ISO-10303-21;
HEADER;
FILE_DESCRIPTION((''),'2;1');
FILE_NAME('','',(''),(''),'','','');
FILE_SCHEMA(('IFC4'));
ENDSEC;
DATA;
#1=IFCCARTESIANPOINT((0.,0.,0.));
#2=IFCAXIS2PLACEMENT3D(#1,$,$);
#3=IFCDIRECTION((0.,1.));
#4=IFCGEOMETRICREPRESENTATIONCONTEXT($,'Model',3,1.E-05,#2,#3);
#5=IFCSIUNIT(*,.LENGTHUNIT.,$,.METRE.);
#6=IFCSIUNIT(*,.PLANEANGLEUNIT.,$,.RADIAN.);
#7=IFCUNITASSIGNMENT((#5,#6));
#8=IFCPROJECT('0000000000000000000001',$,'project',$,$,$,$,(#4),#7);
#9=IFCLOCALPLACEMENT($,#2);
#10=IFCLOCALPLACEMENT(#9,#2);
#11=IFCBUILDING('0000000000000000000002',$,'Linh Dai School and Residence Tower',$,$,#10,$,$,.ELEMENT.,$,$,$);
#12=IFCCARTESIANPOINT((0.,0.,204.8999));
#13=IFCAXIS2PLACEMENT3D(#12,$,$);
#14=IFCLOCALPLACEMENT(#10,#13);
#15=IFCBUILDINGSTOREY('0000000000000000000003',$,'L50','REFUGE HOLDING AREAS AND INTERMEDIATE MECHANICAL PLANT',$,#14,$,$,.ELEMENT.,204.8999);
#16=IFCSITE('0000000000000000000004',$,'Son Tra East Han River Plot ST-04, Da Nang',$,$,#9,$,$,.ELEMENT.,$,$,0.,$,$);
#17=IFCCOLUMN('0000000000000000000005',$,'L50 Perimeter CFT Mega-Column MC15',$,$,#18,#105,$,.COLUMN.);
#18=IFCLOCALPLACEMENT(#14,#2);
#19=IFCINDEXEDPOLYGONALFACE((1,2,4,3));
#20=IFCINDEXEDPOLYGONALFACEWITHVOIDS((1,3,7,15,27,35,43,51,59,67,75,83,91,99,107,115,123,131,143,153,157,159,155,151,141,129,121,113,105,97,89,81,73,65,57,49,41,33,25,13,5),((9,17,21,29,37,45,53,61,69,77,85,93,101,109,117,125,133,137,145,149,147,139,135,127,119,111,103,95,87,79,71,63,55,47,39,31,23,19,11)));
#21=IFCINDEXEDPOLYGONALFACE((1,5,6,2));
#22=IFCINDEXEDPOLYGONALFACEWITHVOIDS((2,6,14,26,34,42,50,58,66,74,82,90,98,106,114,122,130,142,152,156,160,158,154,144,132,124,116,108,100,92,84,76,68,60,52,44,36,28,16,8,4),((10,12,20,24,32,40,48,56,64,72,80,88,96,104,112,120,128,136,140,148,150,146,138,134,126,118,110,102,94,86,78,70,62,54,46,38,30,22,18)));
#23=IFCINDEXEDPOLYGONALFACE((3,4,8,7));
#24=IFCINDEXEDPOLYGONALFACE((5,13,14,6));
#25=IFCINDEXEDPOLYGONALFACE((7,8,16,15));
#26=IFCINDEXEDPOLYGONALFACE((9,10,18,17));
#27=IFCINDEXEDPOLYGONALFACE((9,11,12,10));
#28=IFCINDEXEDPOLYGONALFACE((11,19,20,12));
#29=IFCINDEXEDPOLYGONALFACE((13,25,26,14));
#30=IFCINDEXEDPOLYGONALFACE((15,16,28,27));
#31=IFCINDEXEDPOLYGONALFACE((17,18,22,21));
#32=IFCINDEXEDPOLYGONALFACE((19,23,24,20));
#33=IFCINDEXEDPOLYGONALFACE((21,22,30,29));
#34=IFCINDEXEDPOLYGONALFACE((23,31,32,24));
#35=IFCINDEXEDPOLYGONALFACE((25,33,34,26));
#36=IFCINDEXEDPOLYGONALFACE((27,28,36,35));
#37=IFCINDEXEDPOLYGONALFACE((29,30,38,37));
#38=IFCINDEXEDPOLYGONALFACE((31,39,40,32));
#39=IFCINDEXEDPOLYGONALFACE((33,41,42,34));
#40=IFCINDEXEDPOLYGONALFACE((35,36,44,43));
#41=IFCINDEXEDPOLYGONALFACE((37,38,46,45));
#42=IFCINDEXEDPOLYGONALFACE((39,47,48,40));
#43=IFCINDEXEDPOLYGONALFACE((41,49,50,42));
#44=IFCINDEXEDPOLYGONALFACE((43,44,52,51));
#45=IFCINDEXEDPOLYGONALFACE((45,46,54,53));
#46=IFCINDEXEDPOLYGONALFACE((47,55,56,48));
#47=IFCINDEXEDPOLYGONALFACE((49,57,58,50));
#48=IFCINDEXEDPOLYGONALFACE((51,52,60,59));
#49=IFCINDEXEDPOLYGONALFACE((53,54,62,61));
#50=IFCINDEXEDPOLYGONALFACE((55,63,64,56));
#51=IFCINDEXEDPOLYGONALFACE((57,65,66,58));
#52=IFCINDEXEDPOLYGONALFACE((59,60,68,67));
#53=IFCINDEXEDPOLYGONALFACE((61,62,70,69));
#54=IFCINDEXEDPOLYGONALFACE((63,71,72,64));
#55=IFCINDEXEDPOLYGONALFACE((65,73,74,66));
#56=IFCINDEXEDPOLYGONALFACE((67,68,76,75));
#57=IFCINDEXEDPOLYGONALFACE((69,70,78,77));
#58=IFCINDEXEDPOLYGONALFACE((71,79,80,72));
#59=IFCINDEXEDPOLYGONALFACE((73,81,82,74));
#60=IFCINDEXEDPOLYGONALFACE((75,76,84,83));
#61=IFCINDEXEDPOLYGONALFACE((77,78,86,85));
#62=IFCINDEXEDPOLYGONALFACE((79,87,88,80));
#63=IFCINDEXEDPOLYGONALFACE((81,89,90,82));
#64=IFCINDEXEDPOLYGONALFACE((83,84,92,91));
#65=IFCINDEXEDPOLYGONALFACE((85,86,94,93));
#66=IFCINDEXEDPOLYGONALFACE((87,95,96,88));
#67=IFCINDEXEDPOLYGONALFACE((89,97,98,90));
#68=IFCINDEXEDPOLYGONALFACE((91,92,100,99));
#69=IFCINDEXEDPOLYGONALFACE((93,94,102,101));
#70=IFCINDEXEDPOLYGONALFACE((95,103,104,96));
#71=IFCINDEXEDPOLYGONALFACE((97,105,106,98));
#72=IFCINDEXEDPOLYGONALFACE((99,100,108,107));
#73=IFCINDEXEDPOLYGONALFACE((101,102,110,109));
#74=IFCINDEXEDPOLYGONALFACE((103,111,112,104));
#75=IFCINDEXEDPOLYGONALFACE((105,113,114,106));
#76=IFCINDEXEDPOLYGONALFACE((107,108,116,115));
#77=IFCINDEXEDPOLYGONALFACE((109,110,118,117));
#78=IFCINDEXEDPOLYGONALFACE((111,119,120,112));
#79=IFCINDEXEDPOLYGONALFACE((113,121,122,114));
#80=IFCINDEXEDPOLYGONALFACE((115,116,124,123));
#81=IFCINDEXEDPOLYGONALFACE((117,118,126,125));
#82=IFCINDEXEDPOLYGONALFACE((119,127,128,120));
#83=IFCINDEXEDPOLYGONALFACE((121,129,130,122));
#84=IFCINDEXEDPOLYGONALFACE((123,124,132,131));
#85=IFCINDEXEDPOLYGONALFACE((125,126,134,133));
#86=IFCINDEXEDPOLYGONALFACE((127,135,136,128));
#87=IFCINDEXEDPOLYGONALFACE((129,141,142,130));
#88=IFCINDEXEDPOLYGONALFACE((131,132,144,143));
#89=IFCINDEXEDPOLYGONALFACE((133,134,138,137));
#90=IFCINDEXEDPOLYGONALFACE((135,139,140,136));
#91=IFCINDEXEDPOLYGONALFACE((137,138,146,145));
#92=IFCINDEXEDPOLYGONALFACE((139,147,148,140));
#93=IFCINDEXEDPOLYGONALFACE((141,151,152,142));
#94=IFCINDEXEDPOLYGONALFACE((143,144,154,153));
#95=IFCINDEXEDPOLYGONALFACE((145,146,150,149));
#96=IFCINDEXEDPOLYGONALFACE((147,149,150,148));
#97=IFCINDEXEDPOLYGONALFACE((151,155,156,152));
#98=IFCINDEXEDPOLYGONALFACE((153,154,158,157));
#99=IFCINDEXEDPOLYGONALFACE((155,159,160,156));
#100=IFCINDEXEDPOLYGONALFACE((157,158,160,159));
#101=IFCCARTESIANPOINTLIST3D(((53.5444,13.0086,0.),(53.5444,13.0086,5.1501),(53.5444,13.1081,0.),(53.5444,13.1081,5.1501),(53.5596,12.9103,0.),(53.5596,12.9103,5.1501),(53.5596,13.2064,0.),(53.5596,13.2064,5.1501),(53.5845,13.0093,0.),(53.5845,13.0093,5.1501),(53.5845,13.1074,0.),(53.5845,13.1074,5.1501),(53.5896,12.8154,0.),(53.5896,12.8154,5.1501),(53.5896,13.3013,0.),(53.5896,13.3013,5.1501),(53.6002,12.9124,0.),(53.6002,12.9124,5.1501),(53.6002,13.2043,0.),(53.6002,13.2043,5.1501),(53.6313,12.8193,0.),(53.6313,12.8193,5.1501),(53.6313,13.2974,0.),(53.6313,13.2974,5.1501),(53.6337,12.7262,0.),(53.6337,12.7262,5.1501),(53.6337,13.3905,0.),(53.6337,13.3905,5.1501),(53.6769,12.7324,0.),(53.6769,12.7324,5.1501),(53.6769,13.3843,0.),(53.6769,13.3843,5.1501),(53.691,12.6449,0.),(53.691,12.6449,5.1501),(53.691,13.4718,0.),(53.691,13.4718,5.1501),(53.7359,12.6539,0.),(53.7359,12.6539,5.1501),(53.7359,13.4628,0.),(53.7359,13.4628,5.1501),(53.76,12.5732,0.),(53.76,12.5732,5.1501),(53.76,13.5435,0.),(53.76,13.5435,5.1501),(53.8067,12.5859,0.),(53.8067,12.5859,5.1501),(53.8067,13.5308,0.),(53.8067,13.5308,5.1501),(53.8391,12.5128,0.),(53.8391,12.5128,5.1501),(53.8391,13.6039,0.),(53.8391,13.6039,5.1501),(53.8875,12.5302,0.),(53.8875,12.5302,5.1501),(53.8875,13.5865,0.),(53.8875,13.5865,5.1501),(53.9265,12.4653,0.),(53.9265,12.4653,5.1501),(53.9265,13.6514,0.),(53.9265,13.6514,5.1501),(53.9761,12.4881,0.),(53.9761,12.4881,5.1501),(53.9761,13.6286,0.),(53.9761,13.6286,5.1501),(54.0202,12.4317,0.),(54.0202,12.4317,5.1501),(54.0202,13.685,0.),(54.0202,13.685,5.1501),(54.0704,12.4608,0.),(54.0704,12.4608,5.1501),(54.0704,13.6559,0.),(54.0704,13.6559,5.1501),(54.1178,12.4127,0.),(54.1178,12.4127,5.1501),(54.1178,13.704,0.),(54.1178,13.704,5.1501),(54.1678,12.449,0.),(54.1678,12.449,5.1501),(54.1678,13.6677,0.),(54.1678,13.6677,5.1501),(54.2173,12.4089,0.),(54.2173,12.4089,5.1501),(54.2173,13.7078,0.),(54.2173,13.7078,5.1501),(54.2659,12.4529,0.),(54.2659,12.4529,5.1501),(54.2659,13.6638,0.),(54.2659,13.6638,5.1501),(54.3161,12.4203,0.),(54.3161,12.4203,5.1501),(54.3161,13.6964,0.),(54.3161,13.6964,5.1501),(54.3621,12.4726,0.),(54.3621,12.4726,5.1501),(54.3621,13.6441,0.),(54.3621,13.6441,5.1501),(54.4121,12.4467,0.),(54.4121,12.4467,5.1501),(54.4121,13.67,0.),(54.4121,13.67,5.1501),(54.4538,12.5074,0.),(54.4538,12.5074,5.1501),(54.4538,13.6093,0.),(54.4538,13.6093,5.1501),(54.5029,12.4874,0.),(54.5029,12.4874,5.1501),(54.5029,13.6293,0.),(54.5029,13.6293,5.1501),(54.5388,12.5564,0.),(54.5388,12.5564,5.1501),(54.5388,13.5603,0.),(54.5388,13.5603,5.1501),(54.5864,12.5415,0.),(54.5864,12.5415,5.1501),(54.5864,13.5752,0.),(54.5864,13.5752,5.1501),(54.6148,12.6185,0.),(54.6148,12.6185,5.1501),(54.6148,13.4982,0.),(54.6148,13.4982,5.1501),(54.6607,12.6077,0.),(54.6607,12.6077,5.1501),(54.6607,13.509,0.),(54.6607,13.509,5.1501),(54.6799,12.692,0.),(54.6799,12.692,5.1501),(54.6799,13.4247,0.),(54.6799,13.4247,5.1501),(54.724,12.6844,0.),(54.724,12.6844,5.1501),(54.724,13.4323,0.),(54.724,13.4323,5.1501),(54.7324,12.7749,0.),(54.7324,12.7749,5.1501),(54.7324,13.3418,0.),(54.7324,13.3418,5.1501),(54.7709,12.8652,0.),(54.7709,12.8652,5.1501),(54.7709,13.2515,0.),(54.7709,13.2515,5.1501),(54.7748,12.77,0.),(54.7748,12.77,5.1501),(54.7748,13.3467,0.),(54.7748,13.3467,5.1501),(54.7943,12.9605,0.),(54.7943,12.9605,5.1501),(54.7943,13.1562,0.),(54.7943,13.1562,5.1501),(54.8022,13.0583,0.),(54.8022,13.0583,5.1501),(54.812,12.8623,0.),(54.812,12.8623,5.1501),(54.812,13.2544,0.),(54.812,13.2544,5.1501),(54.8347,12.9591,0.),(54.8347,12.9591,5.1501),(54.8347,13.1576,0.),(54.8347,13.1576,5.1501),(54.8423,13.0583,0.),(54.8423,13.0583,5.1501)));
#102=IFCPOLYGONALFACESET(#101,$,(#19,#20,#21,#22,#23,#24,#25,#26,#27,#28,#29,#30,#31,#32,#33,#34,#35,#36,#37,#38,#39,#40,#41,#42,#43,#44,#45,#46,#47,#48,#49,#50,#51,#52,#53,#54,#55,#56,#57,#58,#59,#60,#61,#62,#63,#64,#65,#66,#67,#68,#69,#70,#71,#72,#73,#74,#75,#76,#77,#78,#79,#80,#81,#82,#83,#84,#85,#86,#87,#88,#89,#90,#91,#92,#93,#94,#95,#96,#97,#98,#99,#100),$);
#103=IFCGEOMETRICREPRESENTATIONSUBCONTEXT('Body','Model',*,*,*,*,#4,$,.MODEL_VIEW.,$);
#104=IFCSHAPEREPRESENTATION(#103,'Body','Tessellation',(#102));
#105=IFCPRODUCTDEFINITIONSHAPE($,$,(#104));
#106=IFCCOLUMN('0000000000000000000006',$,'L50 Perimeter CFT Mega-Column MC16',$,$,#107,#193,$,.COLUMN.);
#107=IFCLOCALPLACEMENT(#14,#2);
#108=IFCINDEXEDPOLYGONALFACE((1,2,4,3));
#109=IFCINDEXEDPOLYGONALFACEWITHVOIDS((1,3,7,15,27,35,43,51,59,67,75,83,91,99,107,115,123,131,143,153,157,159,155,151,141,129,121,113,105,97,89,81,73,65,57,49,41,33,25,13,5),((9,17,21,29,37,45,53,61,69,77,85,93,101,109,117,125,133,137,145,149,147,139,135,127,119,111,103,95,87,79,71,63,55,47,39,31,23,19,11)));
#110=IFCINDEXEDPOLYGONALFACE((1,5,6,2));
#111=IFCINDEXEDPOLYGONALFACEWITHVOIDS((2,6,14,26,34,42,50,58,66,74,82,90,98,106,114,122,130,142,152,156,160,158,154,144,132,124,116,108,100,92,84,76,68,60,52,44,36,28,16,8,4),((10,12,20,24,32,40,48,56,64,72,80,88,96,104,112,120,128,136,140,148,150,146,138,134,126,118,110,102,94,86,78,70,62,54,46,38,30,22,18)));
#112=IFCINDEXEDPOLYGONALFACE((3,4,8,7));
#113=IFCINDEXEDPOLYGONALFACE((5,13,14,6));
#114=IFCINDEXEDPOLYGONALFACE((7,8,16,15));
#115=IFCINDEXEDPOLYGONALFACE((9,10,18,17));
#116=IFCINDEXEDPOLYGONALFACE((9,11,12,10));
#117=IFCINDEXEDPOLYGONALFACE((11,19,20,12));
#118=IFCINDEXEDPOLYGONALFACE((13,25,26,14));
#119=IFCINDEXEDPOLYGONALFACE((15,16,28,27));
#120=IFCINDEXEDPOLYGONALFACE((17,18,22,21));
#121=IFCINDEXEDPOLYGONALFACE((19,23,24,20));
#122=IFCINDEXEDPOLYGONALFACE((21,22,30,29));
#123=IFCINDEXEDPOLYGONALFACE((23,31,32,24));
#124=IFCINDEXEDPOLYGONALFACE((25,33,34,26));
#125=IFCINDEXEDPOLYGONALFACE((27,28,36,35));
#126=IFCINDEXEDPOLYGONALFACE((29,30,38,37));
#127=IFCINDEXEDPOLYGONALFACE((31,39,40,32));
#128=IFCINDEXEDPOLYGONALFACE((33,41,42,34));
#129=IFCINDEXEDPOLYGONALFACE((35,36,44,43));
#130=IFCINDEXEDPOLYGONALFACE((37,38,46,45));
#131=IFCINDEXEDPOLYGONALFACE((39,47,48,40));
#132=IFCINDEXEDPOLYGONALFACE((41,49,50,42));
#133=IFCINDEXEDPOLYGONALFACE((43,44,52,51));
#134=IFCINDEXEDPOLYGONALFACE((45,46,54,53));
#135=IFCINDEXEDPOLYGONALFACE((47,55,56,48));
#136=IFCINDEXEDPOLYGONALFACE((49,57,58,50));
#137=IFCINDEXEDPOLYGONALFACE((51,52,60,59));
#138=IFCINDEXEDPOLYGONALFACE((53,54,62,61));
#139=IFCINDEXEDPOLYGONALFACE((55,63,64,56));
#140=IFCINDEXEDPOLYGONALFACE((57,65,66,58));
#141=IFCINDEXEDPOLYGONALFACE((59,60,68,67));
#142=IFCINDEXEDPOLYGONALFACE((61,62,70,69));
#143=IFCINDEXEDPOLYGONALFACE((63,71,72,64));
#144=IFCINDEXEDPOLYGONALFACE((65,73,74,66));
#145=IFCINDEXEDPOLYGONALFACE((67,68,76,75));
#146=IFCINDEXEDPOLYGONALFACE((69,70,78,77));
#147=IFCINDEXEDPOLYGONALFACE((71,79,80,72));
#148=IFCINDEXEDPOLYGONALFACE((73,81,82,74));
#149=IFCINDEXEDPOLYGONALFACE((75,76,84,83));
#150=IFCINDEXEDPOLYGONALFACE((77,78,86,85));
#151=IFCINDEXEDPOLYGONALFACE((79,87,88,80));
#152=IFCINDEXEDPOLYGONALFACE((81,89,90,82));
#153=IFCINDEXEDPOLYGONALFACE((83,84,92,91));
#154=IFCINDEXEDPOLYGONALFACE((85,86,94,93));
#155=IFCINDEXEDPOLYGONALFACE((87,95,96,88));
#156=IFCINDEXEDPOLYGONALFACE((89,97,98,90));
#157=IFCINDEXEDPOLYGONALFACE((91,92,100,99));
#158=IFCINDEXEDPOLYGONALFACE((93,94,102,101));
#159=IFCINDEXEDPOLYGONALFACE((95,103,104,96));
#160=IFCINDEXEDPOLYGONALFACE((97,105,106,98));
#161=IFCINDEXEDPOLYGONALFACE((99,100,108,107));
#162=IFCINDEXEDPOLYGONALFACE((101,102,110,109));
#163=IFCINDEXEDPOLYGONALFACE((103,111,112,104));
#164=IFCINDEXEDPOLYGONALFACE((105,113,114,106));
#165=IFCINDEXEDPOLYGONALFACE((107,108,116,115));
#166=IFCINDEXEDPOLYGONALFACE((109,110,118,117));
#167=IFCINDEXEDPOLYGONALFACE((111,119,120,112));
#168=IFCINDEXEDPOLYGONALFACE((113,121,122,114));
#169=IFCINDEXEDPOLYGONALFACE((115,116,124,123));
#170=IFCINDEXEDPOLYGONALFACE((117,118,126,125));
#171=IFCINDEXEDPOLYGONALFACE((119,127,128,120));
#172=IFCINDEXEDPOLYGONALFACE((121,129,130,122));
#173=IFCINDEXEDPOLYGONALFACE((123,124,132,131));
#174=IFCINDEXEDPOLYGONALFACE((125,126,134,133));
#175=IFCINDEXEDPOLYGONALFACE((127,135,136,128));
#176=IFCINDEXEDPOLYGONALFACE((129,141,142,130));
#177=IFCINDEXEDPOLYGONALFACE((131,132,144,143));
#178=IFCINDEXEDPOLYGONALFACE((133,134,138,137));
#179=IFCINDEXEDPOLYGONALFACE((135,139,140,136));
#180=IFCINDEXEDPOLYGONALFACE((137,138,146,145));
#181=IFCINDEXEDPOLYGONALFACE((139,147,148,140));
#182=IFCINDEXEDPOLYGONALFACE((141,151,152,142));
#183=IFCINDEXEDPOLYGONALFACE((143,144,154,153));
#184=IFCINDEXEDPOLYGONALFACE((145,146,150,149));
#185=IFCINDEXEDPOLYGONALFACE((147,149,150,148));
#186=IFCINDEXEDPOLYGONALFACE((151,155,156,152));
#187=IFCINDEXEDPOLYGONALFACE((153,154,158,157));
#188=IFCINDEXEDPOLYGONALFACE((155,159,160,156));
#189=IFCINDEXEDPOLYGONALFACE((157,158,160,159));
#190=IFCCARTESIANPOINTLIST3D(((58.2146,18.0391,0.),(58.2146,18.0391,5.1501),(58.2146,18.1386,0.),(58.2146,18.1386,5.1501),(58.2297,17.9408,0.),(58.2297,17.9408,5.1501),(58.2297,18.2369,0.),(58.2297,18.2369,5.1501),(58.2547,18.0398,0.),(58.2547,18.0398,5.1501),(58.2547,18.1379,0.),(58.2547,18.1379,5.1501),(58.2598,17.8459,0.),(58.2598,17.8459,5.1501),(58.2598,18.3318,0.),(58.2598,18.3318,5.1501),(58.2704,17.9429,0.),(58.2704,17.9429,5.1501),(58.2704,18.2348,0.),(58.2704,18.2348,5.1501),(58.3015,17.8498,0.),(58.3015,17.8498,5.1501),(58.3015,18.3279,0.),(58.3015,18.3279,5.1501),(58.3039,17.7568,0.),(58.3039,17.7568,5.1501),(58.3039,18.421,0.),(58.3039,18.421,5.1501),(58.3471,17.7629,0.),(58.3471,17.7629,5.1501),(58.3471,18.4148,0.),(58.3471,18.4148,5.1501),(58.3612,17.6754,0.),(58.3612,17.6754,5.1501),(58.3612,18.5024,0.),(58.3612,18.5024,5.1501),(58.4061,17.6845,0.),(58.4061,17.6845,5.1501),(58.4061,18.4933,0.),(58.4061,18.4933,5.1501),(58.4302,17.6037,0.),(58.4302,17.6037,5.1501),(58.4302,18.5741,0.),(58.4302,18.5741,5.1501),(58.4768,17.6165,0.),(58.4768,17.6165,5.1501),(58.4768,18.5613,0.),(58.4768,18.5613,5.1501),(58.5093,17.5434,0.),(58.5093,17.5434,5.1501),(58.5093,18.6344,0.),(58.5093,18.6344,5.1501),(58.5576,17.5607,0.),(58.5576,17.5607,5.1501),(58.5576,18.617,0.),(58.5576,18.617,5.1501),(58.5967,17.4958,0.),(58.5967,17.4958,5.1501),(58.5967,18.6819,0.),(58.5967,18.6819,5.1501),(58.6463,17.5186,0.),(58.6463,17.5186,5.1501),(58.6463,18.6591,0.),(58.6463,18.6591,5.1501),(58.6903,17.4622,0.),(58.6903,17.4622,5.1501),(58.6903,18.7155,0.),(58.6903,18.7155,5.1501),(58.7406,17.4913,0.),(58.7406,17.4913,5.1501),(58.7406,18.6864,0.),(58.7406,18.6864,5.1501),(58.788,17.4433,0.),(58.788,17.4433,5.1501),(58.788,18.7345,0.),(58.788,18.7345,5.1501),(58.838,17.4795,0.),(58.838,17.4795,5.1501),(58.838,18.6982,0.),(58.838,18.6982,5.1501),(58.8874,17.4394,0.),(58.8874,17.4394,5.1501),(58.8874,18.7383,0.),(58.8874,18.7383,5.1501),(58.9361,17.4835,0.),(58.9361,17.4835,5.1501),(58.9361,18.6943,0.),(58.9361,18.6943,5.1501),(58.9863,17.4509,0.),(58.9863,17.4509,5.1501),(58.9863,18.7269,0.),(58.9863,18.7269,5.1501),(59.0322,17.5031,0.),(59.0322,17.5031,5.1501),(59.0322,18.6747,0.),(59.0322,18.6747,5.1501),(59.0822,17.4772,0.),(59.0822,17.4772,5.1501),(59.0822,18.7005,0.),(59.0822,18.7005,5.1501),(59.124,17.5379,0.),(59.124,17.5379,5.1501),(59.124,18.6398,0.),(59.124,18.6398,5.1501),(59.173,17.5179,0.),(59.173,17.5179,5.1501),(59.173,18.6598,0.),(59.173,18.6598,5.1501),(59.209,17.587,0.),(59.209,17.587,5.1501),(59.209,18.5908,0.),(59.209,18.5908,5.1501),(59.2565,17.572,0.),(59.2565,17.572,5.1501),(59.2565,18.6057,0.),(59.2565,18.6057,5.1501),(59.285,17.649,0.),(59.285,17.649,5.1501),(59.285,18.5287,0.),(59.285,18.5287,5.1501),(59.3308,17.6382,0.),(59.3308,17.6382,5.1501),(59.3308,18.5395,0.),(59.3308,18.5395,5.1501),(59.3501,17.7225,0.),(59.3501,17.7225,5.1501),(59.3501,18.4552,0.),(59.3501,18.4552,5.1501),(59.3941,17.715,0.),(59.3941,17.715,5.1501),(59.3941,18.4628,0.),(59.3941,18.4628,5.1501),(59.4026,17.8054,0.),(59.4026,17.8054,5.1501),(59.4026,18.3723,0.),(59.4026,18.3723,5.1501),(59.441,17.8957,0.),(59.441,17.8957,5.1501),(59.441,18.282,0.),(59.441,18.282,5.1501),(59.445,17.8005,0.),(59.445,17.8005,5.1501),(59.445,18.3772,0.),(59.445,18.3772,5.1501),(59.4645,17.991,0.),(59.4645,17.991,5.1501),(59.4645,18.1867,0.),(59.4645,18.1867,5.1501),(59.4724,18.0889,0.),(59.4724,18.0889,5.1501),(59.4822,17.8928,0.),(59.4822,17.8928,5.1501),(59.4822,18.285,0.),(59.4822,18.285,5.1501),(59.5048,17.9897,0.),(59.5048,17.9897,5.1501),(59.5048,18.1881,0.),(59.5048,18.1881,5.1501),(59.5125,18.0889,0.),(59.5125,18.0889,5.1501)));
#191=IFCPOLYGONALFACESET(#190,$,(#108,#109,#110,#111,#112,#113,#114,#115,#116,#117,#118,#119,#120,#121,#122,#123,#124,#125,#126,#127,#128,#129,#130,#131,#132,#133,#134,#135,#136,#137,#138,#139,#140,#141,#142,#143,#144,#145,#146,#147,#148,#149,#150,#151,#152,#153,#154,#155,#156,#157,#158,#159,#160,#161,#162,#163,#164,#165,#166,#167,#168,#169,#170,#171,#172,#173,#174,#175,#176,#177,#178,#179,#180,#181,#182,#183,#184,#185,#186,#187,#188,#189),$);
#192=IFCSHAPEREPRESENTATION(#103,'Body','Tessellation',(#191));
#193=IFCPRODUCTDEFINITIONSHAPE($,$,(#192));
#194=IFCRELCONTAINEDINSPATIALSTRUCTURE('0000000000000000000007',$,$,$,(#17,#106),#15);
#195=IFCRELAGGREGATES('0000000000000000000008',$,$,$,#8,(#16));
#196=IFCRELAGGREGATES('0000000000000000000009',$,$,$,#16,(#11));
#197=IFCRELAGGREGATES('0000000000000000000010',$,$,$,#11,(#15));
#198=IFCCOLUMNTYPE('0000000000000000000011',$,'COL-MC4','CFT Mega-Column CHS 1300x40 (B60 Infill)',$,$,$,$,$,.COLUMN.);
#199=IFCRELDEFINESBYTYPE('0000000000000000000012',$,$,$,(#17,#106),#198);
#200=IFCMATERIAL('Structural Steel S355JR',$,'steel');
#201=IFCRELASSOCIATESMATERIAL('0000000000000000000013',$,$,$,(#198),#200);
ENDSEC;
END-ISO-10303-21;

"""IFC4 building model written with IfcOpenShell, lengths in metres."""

from ifc_helpers import new_model, si_unit, direction, frame, origin, origin_2d, place, context, subcontext, project, spatial, hollow_circle, extrude, material, material_profile, profile_set, type_object, element, save


model = new_model("IFC4")

# Units and contexts
model_context = context("Model", 3, precision=1e-05, world=origin(), true_north=direction((0.0, 1.0)))
body_context = subcontext(model_context, "Body", "Model", "MODEL_VIEW")
ifc_project = project(units=[si_unit("LENGTHUNIT", "METRE"), si_unit("PLANEANGLEUNIT", "RADIAN")], contexts=[model_context])

# Site, building, storey
site_placement = place(None, origin())
site = spatial("IfcSite", under=ifc_project, at=site_placement, Name="Son Tra East Han River Plot ST-04, Da Nang", CompositionType="ELEMENT", RefElevation=0.0)
building_placement = place(site_placement, origin())
building = spatial("IfcBuilding", under=site, at=building_placement, Name="Linh Dai School and Residence Tower", CompositionType="ELEMENT")
storey_placement = place(building_placement, frame((0.0, 0.0, 204.8999)))
storey = spatial("IfcBuildingStorey", under=building, at=storey_placement, Name="L50", Description="REFUGE HOLDING AREAS AND INTERMEDIATE MECHANICAL PLANT", CompositionType="ELEMENT", Elevation=204.8999)

# Columns
ifc_material_1 = material(Name="Structural Steel S355JR", Category="steel")
ifc_material_profile_1 = material_profile(ifc_material_1, hollow_circle(Radius=0.6499, WallThickness=0.04, at=origin_2d()), Name="CHS 1300x40")
ifc_profile_set_1 = profile_set([ifc_material_profile_1], Name="Structural Steel S355JR")
column_type = type_object("IfcColumnType", Name="COL-MC4", Description="CFT Mega-Column CHS 1300x40 (B60 Infill)", PredefinedType="COLUMN", material=ifc_profile_set_1)
for number, where, z_axis, x_axis, name in (
    (1, (54.1924, 13.0583, 0.0), (0.0, 0.0, 1.0), (1.0, 0.0, 0.0), "L50 Perimeter CFT Mega-Column MC15"),
    (2, (58.8625, 18.0889, 0.0), (0.0, 0.0, 1.0), (1.0, 0.0, 0.0), "L50 Perimeter CFT Mega-Column MC16"),
):
    element("IfcColumn", number, at=place(storey_placement, frame(where, z_axis=z_axis, x_axis=x_axis)), inside=storey, type_object=column_type, Name=name, PredefinedType="COLUMN", context=body_context, shape_type="SweptSolid", body=[
        extrude(hollow_circle(Radius=0.6499, WallThickness=0.04, at=origin_2d()), origin(), (0.0, 0.0, 1.0), 5.1501),
    ])

save(model, "model.ifc")
